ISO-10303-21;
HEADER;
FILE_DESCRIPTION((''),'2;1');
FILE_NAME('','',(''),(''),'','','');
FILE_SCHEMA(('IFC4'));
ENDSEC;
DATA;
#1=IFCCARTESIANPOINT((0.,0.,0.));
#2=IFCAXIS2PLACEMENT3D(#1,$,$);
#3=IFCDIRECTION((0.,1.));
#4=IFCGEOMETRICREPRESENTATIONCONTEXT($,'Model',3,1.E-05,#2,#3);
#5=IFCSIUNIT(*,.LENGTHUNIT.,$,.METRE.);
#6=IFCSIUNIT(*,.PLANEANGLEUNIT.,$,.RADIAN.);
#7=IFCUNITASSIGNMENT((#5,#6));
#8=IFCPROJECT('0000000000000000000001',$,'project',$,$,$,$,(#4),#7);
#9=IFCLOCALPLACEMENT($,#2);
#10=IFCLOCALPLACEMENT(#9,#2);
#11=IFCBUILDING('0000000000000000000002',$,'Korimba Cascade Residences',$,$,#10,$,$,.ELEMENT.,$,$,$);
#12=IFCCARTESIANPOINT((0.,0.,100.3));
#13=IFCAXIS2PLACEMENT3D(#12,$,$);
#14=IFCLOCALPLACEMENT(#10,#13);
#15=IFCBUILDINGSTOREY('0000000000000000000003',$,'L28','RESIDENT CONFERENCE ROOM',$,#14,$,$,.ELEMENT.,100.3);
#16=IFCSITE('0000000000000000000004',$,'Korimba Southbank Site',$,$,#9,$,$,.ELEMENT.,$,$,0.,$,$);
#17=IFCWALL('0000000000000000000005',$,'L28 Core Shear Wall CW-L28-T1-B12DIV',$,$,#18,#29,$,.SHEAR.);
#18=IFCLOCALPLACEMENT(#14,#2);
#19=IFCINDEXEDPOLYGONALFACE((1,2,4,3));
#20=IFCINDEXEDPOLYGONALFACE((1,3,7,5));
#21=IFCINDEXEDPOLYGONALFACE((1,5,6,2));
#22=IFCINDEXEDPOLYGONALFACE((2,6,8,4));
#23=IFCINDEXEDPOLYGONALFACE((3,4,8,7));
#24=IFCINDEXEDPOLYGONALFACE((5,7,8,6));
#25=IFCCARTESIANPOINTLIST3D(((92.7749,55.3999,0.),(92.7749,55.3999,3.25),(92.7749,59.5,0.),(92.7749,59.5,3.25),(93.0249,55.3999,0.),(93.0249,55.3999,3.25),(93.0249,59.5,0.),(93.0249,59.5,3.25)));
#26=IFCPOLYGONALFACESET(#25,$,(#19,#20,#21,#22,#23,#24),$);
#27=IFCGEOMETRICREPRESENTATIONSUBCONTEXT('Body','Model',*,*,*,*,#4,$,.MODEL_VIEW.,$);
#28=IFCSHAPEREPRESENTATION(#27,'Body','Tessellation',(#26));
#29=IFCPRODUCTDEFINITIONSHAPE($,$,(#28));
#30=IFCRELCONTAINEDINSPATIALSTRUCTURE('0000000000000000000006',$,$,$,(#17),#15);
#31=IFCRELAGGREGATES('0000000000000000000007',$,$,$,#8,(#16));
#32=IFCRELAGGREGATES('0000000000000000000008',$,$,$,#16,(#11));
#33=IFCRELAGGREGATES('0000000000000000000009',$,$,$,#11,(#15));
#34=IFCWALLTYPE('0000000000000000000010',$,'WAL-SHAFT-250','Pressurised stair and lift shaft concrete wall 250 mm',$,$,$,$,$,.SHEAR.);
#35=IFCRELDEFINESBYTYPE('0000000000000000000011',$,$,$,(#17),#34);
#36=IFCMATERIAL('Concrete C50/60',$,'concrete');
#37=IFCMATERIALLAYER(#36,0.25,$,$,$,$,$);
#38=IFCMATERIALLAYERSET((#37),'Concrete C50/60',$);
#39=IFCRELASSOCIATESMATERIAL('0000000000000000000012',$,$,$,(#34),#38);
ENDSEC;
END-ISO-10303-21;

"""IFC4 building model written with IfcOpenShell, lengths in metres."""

from ifc_helpers import new_model, si_unit, direction, frame, frame_2d, origin, place, context, subcontext, project, spatial, rectangle, extrude, material, layer, layer_set, type_object, element, save


model = new_model("IFC4")

# Units and contexts
model_context = context("Model", 3, precision=1e-05, world=origin(), true_north=direction((0.0, 1.0)))
body_context = subcontext(model_context, "Body", "Model", "MODEL_VIEW")
ifc_project = project(units=[si_unit("LENGTHUNIT", "METRE"), si_unit("PLANEANGLEUNIT", "RADIAN")], contexts=[model_context])

# Site, building, storey
site_placement = place(None, origin())
site = spatial("IfcSite", under=ifc_project, at=site_placement, Name="Korimba Southbank Site", CompositionType="ELEMENT", RefElevation=0.0)
building_placement = place(site_placement, origin())
building = spatial("IfcBuilding", under=site, at=building_placement, Name="Korimba Cascade Residences", CompositionType="ELEMENT")
storey_placement = place(building_placement, frame((0.0, 0.0, 100.3)))
storey = spatial("IfcBuildingStorey", under=building, at=storey_placement, Name="L28", Description="RESIDENT CONFERENCE ROOM", CompositionType="ELEMENT", Elevation=100.3)

# Wall
ifc_material_1 = material(Name="Concrete C50/60", Category="concrete")
ifc_layer_1 = layer(ifc_material_1, 0.25)
ifc_layer_set_1 = layer_set([ifc_layer_1], Name="Concrete C50/60")
wall_type_1 = type_object("IfcWallType", Name="WAL-SHAFT-250", Description="Pressurised stair and lift shaft concrete wall 250 mm", PredefinedType="SHEAR", material=ifc_layer_set_1)
wall_1_placement = place(storey_placement, frame((92.8999, 55.3999, 0.0), z_axis=(0.0, 0.0, 1.0), x_axis=(0.0, 1.0, 0.0)))
element("IfcWall", 1, at=wall_1_placement, inside=storey, type_object=wall_type_1, Name="L28 Core Shear Wall CW-L28-T1-B12DIV", PredefinedType="SHEAR", context=body_context, shape_type="SweptSolid", body=[
    extrude(rectangle(XDim=4.1001, YDim=0.25, at=frame_2d((2.05, 0.0))), origin(), (0.0, 0.0, 1.0), 3.25),
])

save(model, "model.ifc")
